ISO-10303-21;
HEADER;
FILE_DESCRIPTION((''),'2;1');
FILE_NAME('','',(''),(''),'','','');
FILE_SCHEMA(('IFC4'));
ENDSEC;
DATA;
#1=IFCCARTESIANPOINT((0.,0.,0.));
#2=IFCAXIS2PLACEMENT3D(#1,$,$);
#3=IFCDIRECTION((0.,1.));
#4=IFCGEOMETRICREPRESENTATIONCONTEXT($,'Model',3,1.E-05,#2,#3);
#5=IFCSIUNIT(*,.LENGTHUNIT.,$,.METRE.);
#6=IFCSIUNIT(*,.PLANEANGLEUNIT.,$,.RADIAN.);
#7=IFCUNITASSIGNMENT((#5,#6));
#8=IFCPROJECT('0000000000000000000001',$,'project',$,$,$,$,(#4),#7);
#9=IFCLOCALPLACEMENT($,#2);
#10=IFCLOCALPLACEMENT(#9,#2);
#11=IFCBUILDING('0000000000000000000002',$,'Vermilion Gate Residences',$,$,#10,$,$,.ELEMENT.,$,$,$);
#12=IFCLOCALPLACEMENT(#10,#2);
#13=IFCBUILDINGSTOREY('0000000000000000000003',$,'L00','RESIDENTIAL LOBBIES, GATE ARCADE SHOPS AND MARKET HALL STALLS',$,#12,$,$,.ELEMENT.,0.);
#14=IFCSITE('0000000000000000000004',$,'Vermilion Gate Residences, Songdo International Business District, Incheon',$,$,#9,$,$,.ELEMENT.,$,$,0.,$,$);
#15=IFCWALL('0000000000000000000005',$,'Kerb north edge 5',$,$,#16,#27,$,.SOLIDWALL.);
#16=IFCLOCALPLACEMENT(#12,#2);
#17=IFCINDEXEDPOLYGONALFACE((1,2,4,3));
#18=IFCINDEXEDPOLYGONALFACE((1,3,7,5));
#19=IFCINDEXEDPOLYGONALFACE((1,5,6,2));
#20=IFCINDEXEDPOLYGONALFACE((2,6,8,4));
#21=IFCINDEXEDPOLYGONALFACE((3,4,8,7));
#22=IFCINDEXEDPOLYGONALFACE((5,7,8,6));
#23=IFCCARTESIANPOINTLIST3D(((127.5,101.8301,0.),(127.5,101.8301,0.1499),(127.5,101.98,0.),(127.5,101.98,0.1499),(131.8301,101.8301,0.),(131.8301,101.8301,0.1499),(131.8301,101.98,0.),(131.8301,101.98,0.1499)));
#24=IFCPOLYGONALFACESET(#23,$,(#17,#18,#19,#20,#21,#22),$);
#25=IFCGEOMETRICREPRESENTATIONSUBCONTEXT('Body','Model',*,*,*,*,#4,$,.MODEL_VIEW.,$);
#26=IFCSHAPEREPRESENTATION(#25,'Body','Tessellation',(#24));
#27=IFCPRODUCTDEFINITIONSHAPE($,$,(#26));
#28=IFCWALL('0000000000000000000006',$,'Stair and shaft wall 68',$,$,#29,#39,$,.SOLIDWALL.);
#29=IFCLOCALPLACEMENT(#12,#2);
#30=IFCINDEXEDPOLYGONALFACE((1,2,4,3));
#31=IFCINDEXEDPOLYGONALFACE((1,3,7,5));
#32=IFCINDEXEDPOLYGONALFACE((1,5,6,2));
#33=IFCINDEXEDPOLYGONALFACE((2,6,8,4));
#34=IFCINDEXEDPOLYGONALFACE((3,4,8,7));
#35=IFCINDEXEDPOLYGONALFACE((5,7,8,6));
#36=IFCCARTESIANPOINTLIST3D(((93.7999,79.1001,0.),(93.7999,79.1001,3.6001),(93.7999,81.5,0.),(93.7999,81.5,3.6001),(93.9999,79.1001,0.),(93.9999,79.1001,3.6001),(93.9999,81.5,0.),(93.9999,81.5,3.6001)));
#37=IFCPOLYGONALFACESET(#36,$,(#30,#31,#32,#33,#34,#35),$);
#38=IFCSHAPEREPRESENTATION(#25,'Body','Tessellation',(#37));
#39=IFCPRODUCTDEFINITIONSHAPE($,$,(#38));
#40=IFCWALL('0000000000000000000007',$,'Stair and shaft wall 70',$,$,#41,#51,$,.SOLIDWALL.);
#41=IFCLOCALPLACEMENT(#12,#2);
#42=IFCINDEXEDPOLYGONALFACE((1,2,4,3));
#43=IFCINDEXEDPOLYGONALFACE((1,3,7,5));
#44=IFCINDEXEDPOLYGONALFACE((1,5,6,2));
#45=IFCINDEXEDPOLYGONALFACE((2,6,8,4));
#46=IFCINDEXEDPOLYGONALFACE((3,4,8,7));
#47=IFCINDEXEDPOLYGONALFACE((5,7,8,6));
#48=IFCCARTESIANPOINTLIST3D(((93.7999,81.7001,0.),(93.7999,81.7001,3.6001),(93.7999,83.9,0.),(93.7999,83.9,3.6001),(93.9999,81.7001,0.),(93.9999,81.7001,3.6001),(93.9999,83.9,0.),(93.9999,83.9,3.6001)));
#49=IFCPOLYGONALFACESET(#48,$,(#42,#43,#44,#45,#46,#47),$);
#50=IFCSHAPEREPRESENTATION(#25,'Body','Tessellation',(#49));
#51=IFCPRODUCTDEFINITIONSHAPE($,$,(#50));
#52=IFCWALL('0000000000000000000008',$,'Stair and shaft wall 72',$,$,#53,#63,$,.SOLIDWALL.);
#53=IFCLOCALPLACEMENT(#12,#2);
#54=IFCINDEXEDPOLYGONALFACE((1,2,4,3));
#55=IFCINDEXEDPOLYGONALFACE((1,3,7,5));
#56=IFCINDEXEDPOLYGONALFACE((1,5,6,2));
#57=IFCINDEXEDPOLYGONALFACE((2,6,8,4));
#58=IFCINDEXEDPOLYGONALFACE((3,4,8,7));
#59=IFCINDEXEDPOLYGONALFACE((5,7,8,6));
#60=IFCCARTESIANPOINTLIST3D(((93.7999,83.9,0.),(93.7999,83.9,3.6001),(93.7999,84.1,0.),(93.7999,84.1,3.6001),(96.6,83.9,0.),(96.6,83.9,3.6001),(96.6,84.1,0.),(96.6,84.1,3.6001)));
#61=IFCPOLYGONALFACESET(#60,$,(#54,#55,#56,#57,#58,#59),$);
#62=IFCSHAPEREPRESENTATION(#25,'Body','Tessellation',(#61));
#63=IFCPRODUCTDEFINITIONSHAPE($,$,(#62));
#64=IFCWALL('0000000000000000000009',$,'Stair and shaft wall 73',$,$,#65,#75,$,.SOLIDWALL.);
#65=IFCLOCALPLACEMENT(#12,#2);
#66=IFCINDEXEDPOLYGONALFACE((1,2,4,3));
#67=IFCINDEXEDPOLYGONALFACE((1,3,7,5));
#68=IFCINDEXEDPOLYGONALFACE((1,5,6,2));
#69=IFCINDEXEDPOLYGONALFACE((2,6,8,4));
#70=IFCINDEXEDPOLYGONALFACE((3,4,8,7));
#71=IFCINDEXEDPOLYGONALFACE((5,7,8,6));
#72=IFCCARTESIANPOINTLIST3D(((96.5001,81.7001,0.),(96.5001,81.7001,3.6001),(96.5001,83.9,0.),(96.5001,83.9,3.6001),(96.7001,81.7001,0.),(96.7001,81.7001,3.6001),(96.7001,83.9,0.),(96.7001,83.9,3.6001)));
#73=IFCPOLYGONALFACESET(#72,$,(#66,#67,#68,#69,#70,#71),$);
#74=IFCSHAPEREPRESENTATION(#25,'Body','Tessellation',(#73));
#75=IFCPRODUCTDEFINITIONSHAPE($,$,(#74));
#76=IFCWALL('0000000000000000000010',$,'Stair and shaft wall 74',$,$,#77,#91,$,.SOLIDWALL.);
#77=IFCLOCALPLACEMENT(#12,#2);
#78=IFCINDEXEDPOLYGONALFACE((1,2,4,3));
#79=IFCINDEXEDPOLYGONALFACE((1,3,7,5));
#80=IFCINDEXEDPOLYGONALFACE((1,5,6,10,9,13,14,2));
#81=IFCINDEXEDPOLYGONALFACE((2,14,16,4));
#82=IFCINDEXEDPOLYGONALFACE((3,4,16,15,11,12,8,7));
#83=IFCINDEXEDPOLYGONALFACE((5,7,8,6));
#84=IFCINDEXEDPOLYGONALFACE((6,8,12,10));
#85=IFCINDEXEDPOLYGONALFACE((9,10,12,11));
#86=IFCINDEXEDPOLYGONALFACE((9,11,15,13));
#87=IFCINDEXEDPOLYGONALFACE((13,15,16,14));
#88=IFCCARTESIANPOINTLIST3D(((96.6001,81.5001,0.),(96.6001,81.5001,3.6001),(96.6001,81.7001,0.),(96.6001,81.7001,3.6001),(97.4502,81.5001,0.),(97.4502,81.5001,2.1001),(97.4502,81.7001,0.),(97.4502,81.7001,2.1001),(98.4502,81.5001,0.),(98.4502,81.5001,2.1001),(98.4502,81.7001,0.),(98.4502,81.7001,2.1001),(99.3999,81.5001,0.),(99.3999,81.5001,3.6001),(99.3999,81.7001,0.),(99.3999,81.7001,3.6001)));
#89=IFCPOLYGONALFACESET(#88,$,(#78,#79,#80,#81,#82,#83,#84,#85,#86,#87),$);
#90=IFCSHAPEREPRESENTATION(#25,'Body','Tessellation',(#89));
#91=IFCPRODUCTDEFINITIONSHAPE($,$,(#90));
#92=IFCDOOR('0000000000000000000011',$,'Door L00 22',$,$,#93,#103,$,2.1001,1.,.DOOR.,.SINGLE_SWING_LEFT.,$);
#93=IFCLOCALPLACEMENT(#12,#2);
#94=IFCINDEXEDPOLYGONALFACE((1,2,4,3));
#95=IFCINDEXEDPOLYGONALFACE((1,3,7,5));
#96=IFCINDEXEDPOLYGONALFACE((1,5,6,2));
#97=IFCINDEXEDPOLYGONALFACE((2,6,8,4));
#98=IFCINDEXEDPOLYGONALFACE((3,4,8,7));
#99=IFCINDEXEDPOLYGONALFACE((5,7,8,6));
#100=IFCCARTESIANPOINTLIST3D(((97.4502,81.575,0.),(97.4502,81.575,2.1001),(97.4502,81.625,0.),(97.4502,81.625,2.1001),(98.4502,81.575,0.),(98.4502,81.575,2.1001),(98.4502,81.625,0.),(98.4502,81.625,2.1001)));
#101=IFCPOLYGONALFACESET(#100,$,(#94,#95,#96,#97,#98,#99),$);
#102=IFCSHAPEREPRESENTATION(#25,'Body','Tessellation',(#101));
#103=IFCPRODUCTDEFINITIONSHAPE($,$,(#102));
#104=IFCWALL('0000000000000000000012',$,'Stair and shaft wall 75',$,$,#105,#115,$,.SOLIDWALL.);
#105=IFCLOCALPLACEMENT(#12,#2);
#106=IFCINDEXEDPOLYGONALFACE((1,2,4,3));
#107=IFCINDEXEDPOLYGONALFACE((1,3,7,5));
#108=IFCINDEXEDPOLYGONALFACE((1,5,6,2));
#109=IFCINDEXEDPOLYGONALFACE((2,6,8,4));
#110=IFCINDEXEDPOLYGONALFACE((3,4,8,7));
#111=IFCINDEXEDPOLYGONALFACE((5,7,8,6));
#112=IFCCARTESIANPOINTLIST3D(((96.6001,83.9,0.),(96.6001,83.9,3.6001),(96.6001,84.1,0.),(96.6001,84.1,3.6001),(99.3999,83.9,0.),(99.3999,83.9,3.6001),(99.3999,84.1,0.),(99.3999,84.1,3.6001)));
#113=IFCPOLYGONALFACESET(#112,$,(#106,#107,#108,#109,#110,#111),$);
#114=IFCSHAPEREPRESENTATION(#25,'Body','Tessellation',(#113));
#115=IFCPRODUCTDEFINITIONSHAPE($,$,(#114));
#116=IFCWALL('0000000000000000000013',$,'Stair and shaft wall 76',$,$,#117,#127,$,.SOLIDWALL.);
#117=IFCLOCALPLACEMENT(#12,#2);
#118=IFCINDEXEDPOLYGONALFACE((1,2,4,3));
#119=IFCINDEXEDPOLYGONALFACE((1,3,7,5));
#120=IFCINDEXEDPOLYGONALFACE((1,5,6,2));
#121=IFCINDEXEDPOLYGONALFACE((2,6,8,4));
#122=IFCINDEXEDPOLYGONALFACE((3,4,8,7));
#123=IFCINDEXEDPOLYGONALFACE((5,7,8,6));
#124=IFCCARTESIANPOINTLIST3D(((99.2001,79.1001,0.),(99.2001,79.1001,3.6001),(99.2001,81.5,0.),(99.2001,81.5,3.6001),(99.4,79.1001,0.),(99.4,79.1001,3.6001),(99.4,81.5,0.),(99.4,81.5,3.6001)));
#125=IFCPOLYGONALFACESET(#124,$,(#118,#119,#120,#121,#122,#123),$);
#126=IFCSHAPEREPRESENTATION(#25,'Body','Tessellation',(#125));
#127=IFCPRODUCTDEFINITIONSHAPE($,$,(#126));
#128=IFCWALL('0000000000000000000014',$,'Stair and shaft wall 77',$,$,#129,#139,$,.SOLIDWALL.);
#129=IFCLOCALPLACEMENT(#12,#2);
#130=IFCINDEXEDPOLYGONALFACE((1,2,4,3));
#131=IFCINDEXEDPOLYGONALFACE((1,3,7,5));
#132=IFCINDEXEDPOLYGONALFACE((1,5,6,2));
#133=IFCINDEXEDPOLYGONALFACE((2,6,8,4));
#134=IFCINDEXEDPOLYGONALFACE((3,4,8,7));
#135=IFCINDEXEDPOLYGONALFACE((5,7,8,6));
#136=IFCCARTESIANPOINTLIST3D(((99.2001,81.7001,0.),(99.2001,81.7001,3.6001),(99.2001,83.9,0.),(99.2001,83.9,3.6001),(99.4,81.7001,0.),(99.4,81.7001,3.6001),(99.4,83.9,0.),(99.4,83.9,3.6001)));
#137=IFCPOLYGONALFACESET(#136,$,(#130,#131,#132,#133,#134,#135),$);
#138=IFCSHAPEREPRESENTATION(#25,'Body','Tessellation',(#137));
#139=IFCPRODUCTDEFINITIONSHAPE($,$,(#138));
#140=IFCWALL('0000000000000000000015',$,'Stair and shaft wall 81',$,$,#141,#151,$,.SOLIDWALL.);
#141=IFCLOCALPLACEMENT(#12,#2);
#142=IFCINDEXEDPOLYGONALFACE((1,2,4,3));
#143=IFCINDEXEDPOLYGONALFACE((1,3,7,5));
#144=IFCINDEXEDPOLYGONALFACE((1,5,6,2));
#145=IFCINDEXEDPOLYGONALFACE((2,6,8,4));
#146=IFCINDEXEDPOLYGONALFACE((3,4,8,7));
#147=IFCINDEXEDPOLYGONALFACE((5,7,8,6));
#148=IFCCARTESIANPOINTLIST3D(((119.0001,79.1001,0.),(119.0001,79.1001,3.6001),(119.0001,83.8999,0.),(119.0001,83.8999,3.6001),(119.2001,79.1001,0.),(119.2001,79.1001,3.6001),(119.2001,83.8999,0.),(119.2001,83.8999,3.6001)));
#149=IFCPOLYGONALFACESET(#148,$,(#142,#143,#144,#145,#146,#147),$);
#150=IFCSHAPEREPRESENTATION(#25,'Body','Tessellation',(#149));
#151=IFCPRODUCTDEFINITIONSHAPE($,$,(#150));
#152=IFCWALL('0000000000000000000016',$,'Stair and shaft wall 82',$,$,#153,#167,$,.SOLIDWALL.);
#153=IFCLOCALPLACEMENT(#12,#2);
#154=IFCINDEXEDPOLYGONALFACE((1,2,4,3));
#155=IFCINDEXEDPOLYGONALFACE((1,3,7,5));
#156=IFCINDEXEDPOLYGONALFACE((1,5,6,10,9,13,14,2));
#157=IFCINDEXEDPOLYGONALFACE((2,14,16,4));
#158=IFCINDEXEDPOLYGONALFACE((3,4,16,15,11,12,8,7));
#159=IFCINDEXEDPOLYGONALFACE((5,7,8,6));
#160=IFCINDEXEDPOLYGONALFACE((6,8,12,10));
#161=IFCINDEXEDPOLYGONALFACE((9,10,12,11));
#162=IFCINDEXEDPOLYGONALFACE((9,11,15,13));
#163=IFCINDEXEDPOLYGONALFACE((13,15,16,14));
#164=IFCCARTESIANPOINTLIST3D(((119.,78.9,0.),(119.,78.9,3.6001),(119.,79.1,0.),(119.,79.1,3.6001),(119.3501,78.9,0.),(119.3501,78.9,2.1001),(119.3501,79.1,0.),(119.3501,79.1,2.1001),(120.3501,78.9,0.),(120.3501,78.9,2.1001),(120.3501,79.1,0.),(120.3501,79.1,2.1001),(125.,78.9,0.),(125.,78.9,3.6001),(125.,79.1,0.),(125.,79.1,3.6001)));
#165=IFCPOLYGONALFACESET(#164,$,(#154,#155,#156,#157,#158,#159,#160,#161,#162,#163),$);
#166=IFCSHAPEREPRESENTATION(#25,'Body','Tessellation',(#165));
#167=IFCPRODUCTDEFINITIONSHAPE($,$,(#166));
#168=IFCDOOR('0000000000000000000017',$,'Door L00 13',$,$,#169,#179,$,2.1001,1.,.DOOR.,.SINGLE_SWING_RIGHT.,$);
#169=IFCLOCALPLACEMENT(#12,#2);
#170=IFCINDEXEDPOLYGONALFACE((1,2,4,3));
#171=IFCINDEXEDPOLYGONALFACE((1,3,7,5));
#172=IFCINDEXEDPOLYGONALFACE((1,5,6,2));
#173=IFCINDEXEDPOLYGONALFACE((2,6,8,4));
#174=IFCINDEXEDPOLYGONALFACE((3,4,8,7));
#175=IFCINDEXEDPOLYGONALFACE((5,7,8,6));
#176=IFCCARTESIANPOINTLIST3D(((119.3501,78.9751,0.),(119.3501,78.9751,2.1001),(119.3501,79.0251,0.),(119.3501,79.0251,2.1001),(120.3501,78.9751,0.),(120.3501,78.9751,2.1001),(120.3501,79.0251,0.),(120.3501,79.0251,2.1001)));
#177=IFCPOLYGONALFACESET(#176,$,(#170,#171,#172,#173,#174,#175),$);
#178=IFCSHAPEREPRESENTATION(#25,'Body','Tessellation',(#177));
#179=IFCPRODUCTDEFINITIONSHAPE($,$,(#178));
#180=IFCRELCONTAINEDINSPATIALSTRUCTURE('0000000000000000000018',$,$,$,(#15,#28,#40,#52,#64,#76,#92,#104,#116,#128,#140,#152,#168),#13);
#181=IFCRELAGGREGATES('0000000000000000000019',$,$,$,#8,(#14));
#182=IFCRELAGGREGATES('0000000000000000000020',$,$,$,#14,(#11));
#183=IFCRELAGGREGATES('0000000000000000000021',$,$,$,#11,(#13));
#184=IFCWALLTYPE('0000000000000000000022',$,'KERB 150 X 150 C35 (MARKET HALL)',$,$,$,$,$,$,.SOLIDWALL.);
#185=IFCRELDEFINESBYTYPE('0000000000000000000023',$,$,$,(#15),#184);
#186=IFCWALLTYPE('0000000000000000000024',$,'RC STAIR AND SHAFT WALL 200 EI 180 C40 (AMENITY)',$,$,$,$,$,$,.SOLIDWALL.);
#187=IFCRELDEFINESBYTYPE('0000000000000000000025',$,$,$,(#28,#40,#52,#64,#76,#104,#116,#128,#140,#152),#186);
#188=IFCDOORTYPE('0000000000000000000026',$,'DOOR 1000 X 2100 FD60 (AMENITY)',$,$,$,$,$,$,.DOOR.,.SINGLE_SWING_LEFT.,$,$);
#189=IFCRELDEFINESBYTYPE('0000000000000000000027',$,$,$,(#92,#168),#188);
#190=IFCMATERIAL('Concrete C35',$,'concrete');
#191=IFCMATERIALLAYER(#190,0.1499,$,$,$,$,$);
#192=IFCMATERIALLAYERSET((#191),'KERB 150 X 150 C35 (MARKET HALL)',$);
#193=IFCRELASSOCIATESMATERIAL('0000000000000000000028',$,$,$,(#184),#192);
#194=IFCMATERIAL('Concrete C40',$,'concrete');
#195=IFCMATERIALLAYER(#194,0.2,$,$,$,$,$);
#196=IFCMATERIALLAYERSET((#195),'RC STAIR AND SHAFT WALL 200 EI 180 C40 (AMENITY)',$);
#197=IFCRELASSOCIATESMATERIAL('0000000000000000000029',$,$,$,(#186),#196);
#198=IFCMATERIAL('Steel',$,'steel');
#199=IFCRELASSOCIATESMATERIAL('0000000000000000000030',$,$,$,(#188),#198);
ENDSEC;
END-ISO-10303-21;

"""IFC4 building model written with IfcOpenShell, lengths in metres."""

from ifc_helpers import new_model, si_unit, direction, frame, frame_2d, origin, place, context, subcontext, project, spatial, rectangle, extrude, material, layer, layer_set, type_object, element, fill, save


model = new_model("IFC4")

# Units and contexts
model_context = context("Model", 3, precision=1e-05, world=origin(), true_north=direction((0.0, 1.0)))
body_context = subcontext(model_context, "Body", "Model", "MODEL_VIEW")
ifc_project = project(units=[si_unit("LENGTHUNIT", "METRE"), si_unit("PLANEANGLEUNIT", "RADIAN")], contexts=[model_context])

# Site, building, storey
site_placement = place(None, origin())
site = spatial("IfcSite", under=ifc_project, at=site_placement, Name="Vermilion Gate Residences, Songdo International Business District, Incheon", CompositionType="ELEMENT", RefElevation=0.0)
building_placement = place(site_placement, origin())
building = spatial("IfcBuilding", under=site, at=building_placement, Name="Vermilion Gate Residences", CompositionType="ELEMENT")
storey_placement = place(building_placement, origin())
storey = spatial("IfcBuildingStorey", under=building, at=storey_placement, Name="L00", Description="RESIDENTIAL LOBBIES, GATE ARCADE SHOPS AND MARKET HALL STALLS", CompositionType="ELEMENT", Elevation=0.0)

# Walls
ifc_material_1 = material(Name="Concrete C35", Category="concrete")
ifc_layer_1 = layer(ifc_material_1, 0.1499)
ifc_layer_set_1 = layer_set([ifc_layer_1], Name="KERB 150 X 150 C35 (MARKET HALL)")
wall_type_1 = type_object("IfcWallType", Name="KERB 150 X 150 C35 (MARKET HALL)", PredefinedType="SOLIDWALL", material=ifc_layer_set_1)
wall_1_placement = place(storey_placement, frame((127.5, 101.905, 0.0), z_axis=(0.0, 0.0, 1.0), x_axis=(1.0, 0.0, 0.0)))
element("IfcWall", 1, at=wall_1_placement, inside=storey, type_object=wall_type_1, Name="Kerb north edge 5", PredefinedType="SOLIDWALL", context=body_context, shape_type="SweptSolid", body=[
    extrude(rectangle(XDim=4.3301, YDim=0.1499, at=frame_2d((2.165, 0.0))), origin(), (0.0, 0.0, 1.0), 0.1499),
])
ifc_material_2 = material(Name="Concrete C40", Category="concrete")
ifc_layer_2 = layer(ifc_material_2, 0.2)
ifc_layer_set_2 = layer_set([ifc_layer_2], Name="RC STAIR AND SHAFT WALL 200 EI 180 C40 (AMENITY)")
wall_type_2 = type_object("IfcWallType", Name="RC STAIR AND SHAFT WALL 200 EI 180 C40 (AMENITY)", PredefinedType="SOLIDWALL", material=ifc_layer_set_2)
wall_2_placement = place(storey_placement, frame((93.8999, 79.1001, 0.0), z_axis=(0.0, 0.0, 1.0), x_axis=(0.0, 1.0, 0.0)))
element("IfcWall", 2, at=wall_2_placement, inside=storey, type_object=wall_type_2, Name="Stair and shaft wall 68", PredefinedType="SOLIDWALL", context=body_context, shape_type="SweptSolid", body=[
    extrude(rectangle(XDim=2.3999, YDim=0.2, at=frame_2d((1.2, 0.0))), origin(), (0.0, 0.0, 1.0), 3.6001),
])
wall_3_placement = place(storey_placement, frame((93.8999, 81.7, 0.0), z_axis=(0.0, 0.0, 1.0), x_axis=(0.0, 1.0, 0.0)))
element("IfcWall", 3, at=wall_3_placement, inside=storey, type_object=wall_type_2, Name="Stair and shaft wall 70", PredefinedType="SOLIDWALL", context=body_context, shape_type="SweptSolid", body=[
    extrude(rectangle(XDim=2.2, YDim=0.2, at=frame_2d((1.1001, 0.0))), origin(), (0.0, 0.0, 1.0), 3.6001),
])
wall_4_placement = place(storey_placement, frame((93.8, 84.0, 0.0), z_axis=(0.0, 0.0, 1.0), x_axis=(1.0, 0.0, 0.0)))
element("IfcWall", 4, at=wall_4_placement, inside=storey, type_object=wall_type_2, Name="Stair and shaft wall 72", PredefinedType="SOLIDWALL", context=body_context, shape_type="SweptSolid", body=[
    extrude(rectangle(XDim=2.8, YDim=0.2, at=frame_2d((1.3999, 0.0))), origin(), (0.0, 0.0, 1.0), 3.6001),
])
wall_5_placement = place(storey_placement, frame((96.6001, 81.7, 0.0), z_axis=(0.0, 0.0, 1.0), x_axis=(0.0, 1.0, 0.0)))
element("IfcWall", 5, at=wall_5_placement, inside=storey, type_object=wall_type_2, Name="Stair and shaft wall 73", PredefinedType="SOLIDWALL", context=body_context, shape_type="SweptSolid", body=[
    extrude(rectangle(XDim=2.2, YDim=0.2, at=frame_2d((1.1001, 0.0))), origin(), (0.0, 0.0, 1.0), 3.6001),
])

# Wall, opening, door
wall_6_placement = place(storey_placement, frame((96.6001, 81.6001, 0.0), z_axis=(0.0, 0.0, 1.0), x_axis=(1.0, 0.0, 0.0)))
wall_6 = element("IfcWall", 6, at=wall_6_placement, inside=storey, type_object=wall_type_2, Name="Stair and shaft wall 74", PredefinedType="SOLIDWALL", context=body_context, shape_type="SweptSolid", body=[
    extrude(rectangle(XDim=2.7998, YDim=0.2, at=frame_2d((1.3999, 0.0))), origin(), (0.0, 0.0, 1.0), 3.6001),
])
opening_1_placement = place(wall_6_placement, frame((0.8501, 0.0, 0.0)))
opening_1 = element("IfcOpeningElement", 7, at=opening_1_placement, cuts=wall_6, PredefinedType="OPENING", context=body_context, shape_type="SweptSolid", body=[
    extrude(rectangle(XDim=1.0, YDim=2.1001, at=frame_2d((0.5, 1.05))), frame((0.0, 0.1099, 0.0), z_axis=(0.0, -1.0, 0.0), x_axis=(1.0, 0.0, 0.0)), (0.0, 0.0, 1.0), 0.22),
])
ifc_material_3 = material(Name="Steel", Category="steel")
door_type = type_object("IfcDoorType", Name="DOOR 1000 X 2100 FD60 (AMENITY)", OperationType="SINGLE_SWING_LEFT", PredefinedType="DOOR", material=ifc_material_3)
door_1_placement = place(opening_1_placement, origin())
door_1 = element("IfcDoor", 8, at=door_1_placement, inside=storey, type_object=door_type, Name="Door L00 22", OperationType="SINGLE_SWING_LEFT", OverallHeight=2.1001, OverallWidth=1.0, PredefinedType="DOOR", context=body_context, shape_type="SweptSolid", body=[
    extrude(rectangle(XDim=1.0, YDim=2.1001, at=frame_2d((0.5, 1.05))), frame((0.0, 0.0249, 0.0), z_axis=(0.0, -1.0, 0.0), x_axis=(1.0, 0.0, 0.0)), (0.0, 0.0, 1.0), 0.05),
])
fill(opening_1, door_1)

# Walls
wall_7_placement = place(storey_placement, frame((96.6001, 84.0, 0.0), z_axis=(0.0, 0.0, 1.0), x_axis=(1.0, 0.0, 0.0)))
element("IfcWall", 9, at=wall_7_placement, inside=storey, type_object=wall_type_2, Name="Stair and shaft wall 75", PredefinedType="SOLIDWALL", context=body_context, shape_type="SweptSolid", body=[
    extrude(rectangle(XDim=2.7998, YDim=0.2, at=frame_2d((1.3999, 0.0))), origin(), (0.0, 0.0, 1.0), 3.6001),
])
wall_8_placement = place(storey_placement, frame((99.3, 79.1001, 0.0), z_axis=(0.0, 0.0, 1.0), x_axis=(0.0, 1.0, 0.0)))
element("IfcWall", 10, at=wall_8_placement, inside=storey, type_object=wall_type_2, Name="Stair and shaft wall 76", PredefinedType="SOLIDWALL", context=body_context, shape_type="SweptSolid", body=[
    extrude(rectangle(XDim=2.3999, YDim=0.2, at=frame_2d((1.2, 0.0))), origin(), (0.0, 0.0, 1.0), 3.6001),
])
wall_9_placement = place(storey_placement, frame((99.3, 81.7, 0.0), z_axis=(0.0, 0.0, 1.0), x_axis=(0.0, 1.0, 0.0)))
element("IfcWall", 11, at=wall_9_placement, inside=storey, type_object=wall_type_2, Name="Stair and shaft wall 77", PredefinedType="SOLIDWALL", context=body_context, shape_type="SweptSolid", body=[
    extrude(rectangle(XDim=2.2, YDim=0.2, at=frame_2d((1.1001, 0.0))), origin(), (0.0, 0.0, 1.0), 3.6001),
])
wall_10_placement = place(storey_placement, frame((119.1001, 79.1001, 0.0), z_axis=(0.0, 0.0, 1.0), x_axis=(0.0, 1.0, 0.0)))
element("IfcWall", 12, at=wall_10_placement, inside=storey, type_object=wall_type_2, Name="Stair and shaft wall 81", PredefinedType="SOLIDWALL", context=body_context, shape_type="SweptSolid", body=[
    extrude(rectangle(XDim=4.7998, YDim=0.2, at=frame_2d((2.3999, 0.0))), origin(), (0.0, 0.0, 1.0), 3.6001),
])

# Wall, opening, door
wall_11_placement = place(storey_placement, frame((119.0, 79.0, 0.0), z_axis=(0.0, 0.0, 1.0), x_axis=(1.0, 0.0, 0.0)))
wall_11 = element("IfcWall", 13, at=wall_11_placement, inside=storey, type_object=wall_type_2, Name="Stair and shaft wall 82", PredefinedType="SOLIDWALL", context=body_context, shape_type="SweptSolid", body=[
    extrude(rectangle(XDim=6.0, YDim=0.2, at=frame_2d((3.0, 0.0))), origin(), (0.0, 0.0, 1.0), 3.6001),
])
opening_2_placement = place(wall_11_placement, frame((0.3501, 0.0, 0.0)))
opening_2 = element("IfcOpeningElement", 14, at=opening_2_placement, cuts=wall_11, PredefinedType="OPENING", context=body_context, shape_type="SweptSolid", body=[
    extrude(rectangle(XDim=1.0, YDim=2.1001, at=frame_2d((0.5, 1.05))), frame((0.0, 0.1099, 0.0), z_axis=(0.0, -1.0, 0.0), x_axis=(1.0, 0.0, 0.0)), (0.0, 0.0, 1.0), 0.22),
])
door_2_placement = place(opening_2_placement, frame((1.0, 0.0, 0.0), z_axis=(0.0, 0.0, 1.0), x_axis=(-1.0, 0.0, 0.0)))
door_2 = element("IfcDoor", 15, at=door_2_placement, inside=storey, type_object=door_type, Name="Door L00 13", OperationType="SINGLE_SWING_RIGHT", OverallHeight=2.1001, OverallWidth=1.0, PredefinedType="DOOR", context=body_context, shape_type="SweptSolid", body=[
    extrude(rectangle(XDim=1.0, YDim=2.1001, at=frame_2d((0.5, 1.05))), frame((0.0, 0.0249, 0.0), z_axis=(0.0, -1.0, 0.0), x_axis=(1.0, 0.0, 0.0)), (0.0, 0.0, 1.0), 0.05),
])
fill(opening_2, door_2)

save(model, "model.ifc")
